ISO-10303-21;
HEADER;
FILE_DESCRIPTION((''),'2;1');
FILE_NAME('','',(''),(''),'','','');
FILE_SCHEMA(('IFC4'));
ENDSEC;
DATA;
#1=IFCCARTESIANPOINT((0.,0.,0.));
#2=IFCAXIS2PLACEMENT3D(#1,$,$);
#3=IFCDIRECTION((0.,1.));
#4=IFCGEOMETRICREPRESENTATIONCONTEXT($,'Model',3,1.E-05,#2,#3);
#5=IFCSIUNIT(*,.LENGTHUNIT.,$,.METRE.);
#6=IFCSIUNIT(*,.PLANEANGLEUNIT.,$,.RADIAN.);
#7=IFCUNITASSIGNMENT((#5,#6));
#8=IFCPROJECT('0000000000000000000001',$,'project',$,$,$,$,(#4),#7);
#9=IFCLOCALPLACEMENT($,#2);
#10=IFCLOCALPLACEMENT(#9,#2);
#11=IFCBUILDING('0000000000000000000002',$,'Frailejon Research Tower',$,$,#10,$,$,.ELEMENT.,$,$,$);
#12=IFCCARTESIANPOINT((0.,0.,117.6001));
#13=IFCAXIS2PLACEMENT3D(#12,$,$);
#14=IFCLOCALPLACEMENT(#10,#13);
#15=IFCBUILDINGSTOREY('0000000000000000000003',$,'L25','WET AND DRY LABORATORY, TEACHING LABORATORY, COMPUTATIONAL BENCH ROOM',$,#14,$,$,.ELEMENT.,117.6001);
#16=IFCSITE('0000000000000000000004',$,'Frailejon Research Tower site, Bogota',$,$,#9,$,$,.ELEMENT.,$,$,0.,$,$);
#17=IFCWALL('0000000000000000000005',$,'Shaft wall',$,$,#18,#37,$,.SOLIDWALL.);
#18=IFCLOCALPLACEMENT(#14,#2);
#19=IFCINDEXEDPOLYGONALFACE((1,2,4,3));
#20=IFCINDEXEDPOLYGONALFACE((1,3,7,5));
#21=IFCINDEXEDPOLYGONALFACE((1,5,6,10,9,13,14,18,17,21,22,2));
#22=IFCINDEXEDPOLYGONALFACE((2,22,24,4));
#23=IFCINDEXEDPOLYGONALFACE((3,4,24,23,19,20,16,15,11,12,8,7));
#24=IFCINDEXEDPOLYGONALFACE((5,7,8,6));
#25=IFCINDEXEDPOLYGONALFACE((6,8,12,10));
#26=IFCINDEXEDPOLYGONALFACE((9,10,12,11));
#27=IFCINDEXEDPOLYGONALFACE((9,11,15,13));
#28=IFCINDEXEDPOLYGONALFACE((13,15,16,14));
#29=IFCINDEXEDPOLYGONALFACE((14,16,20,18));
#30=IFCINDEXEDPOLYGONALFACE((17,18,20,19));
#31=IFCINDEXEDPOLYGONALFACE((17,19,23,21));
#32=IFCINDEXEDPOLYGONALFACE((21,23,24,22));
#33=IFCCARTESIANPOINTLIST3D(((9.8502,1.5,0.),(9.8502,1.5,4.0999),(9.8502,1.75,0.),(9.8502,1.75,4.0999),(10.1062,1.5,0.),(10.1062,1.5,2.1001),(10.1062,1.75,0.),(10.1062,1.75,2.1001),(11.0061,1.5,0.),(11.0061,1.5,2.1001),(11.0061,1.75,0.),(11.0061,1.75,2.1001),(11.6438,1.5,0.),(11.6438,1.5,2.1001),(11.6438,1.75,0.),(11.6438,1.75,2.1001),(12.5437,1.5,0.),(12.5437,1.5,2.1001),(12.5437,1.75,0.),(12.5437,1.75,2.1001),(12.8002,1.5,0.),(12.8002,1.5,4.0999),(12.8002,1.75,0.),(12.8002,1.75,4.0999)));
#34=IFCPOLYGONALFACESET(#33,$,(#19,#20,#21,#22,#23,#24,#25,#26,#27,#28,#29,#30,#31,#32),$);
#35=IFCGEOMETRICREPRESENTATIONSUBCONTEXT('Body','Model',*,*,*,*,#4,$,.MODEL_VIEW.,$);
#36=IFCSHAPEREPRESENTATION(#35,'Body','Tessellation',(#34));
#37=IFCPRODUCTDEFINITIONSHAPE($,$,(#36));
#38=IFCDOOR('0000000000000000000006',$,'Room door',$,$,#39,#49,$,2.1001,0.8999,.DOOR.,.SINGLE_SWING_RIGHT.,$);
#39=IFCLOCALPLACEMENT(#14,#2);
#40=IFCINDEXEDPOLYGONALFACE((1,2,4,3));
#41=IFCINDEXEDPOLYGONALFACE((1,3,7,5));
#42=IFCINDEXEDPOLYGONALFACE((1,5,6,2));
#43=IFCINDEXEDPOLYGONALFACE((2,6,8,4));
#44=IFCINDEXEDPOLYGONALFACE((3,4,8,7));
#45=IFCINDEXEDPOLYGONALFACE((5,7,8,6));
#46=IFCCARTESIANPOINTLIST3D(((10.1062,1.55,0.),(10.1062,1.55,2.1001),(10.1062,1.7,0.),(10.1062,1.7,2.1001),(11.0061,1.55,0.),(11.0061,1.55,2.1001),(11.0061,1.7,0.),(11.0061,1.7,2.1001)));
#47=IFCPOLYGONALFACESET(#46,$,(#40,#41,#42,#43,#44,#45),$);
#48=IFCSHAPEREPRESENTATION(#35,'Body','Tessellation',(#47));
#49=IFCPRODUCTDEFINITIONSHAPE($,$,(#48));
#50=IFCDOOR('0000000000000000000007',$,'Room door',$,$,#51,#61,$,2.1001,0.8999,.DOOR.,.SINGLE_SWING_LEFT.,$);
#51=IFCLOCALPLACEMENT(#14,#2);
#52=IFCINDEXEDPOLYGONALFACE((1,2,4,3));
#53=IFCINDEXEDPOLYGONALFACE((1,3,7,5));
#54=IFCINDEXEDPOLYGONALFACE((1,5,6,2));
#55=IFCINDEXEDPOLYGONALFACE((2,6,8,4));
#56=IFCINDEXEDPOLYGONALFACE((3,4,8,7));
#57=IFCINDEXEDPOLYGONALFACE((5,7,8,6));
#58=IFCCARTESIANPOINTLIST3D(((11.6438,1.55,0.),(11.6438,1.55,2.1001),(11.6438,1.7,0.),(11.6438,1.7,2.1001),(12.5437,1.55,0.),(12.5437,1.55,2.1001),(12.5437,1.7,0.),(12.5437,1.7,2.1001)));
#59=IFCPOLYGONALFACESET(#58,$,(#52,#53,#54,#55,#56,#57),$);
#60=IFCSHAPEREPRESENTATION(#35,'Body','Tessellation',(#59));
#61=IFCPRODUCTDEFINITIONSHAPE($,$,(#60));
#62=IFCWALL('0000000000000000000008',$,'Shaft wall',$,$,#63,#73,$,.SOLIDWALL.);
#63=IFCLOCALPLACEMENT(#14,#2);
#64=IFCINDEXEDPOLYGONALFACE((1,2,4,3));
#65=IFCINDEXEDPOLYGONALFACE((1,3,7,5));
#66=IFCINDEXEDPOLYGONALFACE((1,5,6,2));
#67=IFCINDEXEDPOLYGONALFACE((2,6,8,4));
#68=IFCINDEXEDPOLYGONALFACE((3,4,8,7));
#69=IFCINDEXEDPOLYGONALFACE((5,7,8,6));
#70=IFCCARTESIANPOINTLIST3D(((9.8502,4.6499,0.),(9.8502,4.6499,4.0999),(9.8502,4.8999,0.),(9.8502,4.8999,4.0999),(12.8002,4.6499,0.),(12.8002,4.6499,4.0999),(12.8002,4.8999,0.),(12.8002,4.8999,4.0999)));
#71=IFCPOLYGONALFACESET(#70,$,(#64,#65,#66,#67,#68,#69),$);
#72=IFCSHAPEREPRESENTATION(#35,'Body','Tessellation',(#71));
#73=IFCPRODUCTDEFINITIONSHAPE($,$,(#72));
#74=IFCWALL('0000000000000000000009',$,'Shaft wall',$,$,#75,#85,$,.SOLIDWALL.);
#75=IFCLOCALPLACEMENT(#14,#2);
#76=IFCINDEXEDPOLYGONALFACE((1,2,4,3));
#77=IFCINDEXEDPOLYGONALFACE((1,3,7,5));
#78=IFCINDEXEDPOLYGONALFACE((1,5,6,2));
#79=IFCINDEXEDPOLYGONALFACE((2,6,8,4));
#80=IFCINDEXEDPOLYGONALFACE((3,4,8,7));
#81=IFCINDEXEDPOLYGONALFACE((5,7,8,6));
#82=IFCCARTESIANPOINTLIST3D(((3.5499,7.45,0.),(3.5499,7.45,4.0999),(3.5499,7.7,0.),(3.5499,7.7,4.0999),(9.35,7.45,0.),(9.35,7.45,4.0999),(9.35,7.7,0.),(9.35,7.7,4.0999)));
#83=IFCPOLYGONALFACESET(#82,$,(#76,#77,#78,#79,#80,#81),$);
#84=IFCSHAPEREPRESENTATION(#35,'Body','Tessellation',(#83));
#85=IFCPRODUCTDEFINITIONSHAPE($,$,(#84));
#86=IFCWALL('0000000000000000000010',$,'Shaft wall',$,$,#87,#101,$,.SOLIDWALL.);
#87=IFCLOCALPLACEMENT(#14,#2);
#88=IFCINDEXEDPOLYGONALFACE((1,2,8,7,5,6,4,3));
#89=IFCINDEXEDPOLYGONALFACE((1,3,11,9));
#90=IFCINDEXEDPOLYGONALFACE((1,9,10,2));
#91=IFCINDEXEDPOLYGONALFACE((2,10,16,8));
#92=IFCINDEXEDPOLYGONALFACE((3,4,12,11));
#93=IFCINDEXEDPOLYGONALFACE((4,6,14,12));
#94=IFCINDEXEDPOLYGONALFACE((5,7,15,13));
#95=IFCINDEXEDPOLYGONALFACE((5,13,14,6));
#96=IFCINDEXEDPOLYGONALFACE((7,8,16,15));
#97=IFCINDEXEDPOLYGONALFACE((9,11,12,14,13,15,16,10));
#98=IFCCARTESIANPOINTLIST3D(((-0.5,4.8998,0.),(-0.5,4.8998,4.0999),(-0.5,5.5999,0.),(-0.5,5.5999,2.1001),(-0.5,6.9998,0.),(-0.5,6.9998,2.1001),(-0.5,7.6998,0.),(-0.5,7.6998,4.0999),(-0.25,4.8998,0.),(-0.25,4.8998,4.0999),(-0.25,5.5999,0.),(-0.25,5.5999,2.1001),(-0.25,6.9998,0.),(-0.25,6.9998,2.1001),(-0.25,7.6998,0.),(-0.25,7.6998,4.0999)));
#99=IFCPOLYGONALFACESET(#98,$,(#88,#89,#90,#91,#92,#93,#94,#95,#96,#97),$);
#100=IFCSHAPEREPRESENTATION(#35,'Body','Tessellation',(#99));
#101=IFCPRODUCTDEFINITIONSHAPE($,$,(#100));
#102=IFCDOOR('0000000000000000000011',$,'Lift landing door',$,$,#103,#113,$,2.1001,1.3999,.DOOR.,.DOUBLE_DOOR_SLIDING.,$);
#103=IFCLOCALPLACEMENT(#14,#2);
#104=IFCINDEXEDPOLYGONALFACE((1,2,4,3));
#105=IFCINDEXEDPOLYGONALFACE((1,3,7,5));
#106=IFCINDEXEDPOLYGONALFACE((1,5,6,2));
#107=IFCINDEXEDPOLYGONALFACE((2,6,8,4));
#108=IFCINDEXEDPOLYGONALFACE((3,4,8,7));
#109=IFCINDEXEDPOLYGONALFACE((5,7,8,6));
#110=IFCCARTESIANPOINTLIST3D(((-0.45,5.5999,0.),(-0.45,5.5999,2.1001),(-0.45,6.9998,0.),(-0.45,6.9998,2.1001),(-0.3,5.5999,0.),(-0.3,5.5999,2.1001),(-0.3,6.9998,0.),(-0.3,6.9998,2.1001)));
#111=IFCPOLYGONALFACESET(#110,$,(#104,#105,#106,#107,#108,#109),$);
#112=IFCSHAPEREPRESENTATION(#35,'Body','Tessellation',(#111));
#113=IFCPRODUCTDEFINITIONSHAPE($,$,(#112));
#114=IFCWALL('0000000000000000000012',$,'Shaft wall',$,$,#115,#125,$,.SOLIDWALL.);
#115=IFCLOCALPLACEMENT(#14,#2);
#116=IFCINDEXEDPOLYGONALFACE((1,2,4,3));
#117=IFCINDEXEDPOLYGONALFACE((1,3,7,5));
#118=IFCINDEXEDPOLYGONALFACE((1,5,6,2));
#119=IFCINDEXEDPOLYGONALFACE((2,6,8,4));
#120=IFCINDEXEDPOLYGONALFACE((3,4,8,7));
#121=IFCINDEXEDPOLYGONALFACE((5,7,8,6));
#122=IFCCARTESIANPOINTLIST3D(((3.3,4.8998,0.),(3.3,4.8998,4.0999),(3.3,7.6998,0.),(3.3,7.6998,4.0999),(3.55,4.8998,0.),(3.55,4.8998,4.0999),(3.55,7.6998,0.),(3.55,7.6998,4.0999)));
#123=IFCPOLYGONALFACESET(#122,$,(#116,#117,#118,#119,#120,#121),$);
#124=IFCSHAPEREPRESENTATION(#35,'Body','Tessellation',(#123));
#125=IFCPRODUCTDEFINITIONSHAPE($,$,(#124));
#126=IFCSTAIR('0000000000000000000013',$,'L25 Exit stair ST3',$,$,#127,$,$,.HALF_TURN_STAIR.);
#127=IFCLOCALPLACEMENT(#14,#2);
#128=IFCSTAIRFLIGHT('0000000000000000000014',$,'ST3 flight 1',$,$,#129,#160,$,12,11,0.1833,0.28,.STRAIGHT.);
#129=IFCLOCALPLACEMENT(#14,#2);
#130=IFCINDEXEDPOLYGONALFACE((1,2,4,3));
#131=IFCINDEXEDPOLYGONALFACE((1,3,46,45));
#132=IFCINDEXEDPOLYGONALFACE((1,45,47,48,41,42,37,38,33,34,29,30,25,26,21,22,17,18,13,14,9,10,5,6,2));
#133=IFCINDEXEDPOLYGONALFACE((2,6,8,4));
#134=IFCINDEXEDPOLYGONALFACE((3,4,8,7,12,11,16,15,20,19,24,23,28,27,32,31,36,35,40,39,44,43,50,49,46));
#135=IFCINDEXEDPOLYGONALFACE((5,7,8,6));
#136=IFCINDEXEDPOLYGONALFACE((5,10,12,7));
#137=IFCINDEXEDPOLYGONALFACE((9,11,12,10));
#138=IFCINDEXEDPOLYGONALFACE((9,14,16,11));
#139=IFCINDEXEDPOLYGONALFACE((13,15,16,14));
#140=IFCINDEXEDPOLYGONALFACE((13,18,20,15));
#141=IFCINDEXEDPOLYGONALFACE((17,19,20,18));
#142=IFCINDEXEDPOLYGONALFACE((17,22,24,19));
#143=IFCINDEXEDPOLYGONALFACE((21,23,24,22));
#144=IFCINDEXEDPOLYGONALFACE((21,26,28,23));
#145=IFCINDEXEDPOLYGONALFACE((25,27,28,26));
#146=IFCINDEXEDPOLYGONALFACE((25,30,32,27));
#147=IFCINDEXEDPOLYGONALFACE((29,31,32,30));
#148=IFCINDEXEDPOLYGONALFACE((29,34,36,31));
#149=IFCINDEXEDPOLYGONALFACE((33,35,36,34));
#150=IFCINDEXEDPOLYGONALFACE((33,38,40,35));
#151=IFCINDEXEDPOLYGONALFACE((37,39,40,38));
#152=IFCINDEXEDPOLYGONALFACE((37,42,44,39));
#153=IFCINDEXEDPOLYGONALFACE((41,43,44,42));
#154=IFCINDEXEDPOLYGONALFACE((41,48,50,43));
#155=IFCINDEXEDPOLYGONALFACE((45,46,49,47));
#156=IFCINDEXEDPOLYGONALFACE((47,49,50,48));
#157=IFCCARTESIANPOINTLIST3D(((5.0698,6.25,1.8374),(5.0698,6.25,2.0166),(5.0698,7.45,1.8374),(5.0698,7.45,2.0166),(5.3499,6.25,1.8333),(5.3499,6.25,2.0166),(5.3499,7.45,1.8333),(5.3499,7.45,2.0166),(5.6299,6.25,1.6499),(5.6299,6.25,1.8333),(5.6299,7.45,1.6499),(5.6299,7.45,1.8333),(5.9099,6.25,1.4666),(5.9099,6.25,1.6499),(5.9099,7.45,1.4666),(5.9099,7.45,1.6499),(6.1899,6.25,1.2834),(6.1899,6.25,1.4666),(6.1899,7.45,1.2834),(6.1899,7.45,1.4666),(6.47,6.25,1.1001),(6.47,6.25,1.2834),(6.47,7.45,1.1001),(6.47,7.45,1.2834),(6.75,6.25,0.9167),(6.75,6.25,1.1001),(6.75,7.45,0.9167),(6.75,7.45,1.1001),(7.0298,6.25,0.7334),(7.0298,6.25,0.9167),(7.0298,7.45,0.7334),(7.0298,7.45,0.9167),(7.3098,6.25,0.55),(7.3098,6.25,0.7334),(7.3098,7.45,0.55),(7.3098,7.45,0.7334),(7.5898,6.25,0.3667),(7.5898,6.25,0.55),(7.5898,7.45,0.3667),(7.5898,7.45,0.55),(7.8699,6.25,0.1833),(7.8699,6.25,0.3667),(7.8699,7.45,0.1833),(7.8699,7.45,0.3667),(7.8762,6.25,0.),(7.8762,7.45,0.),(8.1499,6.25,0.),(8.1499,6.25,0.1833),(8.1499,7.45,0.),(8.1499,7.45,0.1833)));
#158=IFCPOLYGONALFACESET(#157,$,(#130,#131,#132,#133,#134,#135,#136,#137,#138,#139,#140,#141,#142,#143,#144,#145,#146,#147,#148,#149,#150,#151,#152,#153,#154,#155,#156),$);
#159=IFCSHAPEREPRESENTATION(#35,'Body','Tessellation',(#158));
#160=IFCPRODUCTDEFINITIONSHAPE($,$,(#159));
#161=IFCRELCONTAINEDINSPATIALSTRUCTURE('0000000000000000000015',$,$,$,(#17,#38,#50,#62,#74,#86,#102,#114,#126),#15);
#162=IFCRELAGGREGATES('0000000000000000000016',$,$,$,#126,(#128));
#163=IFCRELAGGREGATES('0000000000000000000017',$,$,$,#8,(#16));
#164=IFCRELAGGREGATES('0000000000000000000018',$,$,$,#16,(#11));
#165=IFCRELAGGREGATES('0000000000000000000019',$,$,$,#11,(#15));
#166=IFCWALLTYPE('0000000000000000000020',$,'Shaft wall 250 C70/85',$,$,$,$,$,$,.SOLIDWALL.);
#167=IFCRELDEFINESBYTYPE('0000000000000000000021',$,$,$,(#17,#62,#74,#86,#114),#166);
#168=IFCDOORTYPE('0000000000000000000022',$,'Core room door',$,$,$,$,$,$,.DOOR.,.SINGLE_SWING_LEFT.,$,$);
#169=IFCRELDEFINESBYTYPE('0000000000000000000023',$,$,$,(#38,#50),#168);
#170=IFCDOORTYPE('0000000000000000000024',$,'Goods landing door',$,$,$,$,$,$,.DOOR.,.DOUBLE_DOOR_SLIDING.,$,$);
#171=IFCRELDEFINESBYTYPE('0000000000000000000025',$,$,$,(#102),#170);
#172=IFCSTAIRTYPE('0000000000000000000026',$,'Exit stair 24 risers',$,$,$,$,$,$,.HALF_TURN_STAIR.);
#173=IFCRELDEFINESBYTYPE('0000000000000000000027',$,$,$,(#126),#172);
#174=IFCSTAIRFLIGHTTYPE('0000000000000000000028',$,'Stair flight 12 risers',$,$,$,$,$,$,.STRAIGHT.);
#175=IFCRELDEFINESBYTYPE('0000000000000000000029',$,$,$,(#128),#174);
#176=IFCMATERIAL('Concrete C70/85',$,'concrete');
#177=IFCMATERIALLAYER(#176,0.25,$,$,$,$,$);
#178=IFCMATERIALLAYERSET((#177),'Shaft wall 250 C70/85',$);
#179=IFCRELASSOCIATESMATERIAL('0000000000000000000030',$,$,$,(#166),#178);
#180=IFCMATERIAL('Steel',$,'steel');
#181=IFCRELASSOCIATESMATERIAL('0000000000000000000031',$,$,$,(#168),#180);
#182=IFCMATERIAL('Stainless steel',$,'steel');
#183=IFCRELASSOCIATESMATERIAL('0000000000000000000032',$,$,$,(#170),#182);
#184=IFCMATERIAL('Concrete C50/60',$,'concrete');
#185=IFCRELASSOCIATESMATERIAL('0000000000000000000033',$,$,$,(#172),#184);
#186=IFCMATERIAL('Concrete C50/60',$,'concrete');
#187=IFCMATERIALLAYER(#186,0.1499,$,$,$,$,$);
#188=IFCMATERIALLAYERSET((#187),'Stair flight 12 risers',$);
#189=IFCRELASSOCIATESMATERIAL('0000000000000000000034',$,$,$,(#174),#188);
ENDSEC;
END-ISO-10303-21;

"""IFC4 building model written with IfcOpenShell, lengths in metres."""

from ifc_helpers import new_model, si_unit, direction, frame, frame_2d, origin, place, context, subcontext, project, spatial, polyline, rectangle, outline, extrude, material, layer, layer_set, type_object, element, fill, aggregate, save


model = new_model("IFC4")

# Units and contexts
model_context = context("Model", 3, precision=1e-05, world=origin(), true_north=direction((0.0, 1.0)))
body_context = subcontext(model_context, "Body", "Model", "MODEL_VIEW")
ifc_project = project(units=[si_unit("LENGTHUNIT", "METRE"), si_unit("PLANEANGLEUNIT", "RADIAN")], contexts=[model_context])

# Site, building, storey
site_placement = place(None, origin())
site = spatial("IfcSite", under=ifc_project, at=site_placement, Name="Frailejon Research Tower site, Bogota", CompositionType="ELEMENT", RefElevation=0.0)
building_placement = place(site_placement, origin())
building = spatial("IfcBuilding", under=site, at=building_placement, Name="Frailejon Research Tower", CompositionType="ELEMENT")
storey_placement = place(building_placement, frame((0.0, 0.0, 117.6001)))
storey = spatial("IfcBuildingStorey", under=building, at=storey_placement, Name="L25", Description="WET AND DRY LABORATORY, TEACHING LABORATORY, COMPUTATIONAL BENCH ROOM", CompositionType="ELEMENT", Elevation=117.6001)

# Wall, openings, doors
ifc_material_1 = material(Name="Concrete C70/85", Category="concrete")
ifc_layer_1 = layer(ifc_material_1, 0.25)
ifc_layer_set_1 = layer_set([ifc_layer_1], Name="Shaft wall 250 C70/85")
wall_type_1 = type_object("IfcWallType", Name="Shaft wall 250 C70/85", PredefinedType="SOLIDWALL", material=ifc_layer_set_1)
wall_1_placement = place(storey_placement, frame((9.8501, 1.625, 0.0), z_axis=(0.0, 0.0, 1.0), x_axis=(1.0, 0.0, 0.0)))
wall_1 = element("IfcWall", 1, at=wall_1_placement, inside=storey, type_object=wall_type_1, Name="Shaft wall", PredefinedType="SOLIDWALL", context=body_context, shape_type="SweptSolid", body=[
    extrude(rectangle(XDim=2.95, YDim=0.25, at=frame_2d((1.4751, 0.0))), origin(), (0.0, 0.0, 1.0), 4.0999),
])
opening_1_placement = place(wall_1_placement, frame((0.2561, 0.0, 0.0)))
opening_1 = element("IfcOpeningElement", 2, at=opening_1_placement, cuts=wall_1, PredefinedType="OPENING", context=body_context, shape_type="SweptSolid", body=[
    extrude(rectangle(XDim=0.8999, YDim=2.1001, at=frame_2d((0.45, 1.05))), frame((0.0, 0.135, 0.0), z_axis=(0.0, -1.0, 0.0), x_axis=(1.0, 0.0, 0.0)), (0.0, 0.0, 1.0), 0.27),
])
opening_2_placement = place(wall_1_placement, frame((1.7937, 0.0, 0.0)))
opening_2 = element("IfcOpeningElement", 3, at=opening_2_placement, cuts=wall_1, PredefinedType="OPENING", context=body_context, shape_type="SweptSolid", body=[
    extrude(rectangle(XDim=0.8999, YDim=2.1001, at=frame_2d((0.45, 1.05))), frame((0.0, 0.135, 0.0), z_axis=(0.0, -1.0, 0.0), x_axis=(1.0, 0.0, 0.0)), (0.0, 0.0, 1.0), 0.27),
])
ifc_material_2 = material(Name="Steel", Category="steel")
door_type_1 = type_object("IfcDoorType", Name="Core room door", OperationType="SINGLE_SWING_LEFT", PredefinedType="DOOR", material=ifc_material_2)
door_1_placement = place(opening_1_placement, origin())
door_1 = element("IfcDoor", 4, at=door_1_placement, inside=storey, type_object=door_type_1, Name="Room door", OperationType="SINGLE_SWING_RIGHT", OverallHeight=2.1001, OverallWidth=0.8999, PredefinedType="DOOR", context=body_context, shape_type="SweptSolid", body=[
    extrude(rectangle(XDim=0.8999, YDim=2.1001, at=frame_2d((0.45, 1.05))), frame((0.0, 0.075, 0.0), z_axis=(0.0, -1.0, 0.0), x_axis=(1.0, 0.0, 0.0)), (0.0, 0.0, 1.0), 0.1499),
])
fill(opening_1, door_1)
door_2_placement = place(opening_2_placement, origin())
door_2 = element("IfcDoor", 5, at=door_2_placement, inside=storey, type_object=door_type_1, Name="Room door", OperationType="SINGLE_SWING_LEFT", OverallHeight=2.1001, OverallWidth=0.8999, PredefinedType="DOOR", context=body_context, shape_type="SweptSolid", body=[
    extrude(rectangle(XDim=0.8999, YDim=2.1001, at=frame_2d((0.45, 1.05))), frame((0.0, 0.075, 0.0), z_axis=(0.0, -1.0, 0.0), x_axis=(1.0, 0.0, 0.0)), (0.0, 0.0, 1.0), 0.1499),
])
fill(opening_2, door_2)

# Walls
wall_2_placement = place(storey_placement, frame((9.8501, 4.7749, 0.0), z_axis=(0.0, 0.0, 1.0), x_axis=(1.0, 0.0, 0.0)))
element("IfcWall", 6, at=wall_2_placement, inside=storey, type_object=wall_type_1, Name="Shaft wall", PredefinedType="SOLIDWALL", context=body_context, shape_type="SweptSolid", body=[
    extrude(rectangle(XDim=2.95, YDim=0.25, at=frame_2d((1.4751, 0.0))), origin(), (0.0, 0.0, 1.0), 4.0999),
])
wall_3_placement = place(storey_placement, frame((3.55, 7.575, 0.0), z_axis=(0.0, 0.0, 1.0), x_axis=(1.0, 0.0, 0.0)))
element("IfcWall", 7, at=wall_3_placement, inside=storey, type_object=wall_type_1, Name="Shaft wall", PredefinedType="SOLIDWALL", context=body_context, shape_type="SweptSolid", body=[
    extrude(rectangle(XDim=5.8, YDim=0.25, at=frame_2d((2.8999, 0.0))), origin(), (0.0, 0.0, 1.0), 4.0999),
])

# Wall, opening, door
wall_4_placement = place(storey_placement, frame((-0.375, 4.8999, 0.0), z_axis=(0.0, 0.0, 1.0), x_axis=(0.0, 1.0, 0.0)))
wall_4 = element("IfcWall", 8, at=wall_4_placement, inside=storey, type_object=wall_type_1, Name="Shaft wall", PredefinedType="SOLIDWALL", context=body_context, shape_type="SweptSolid", body=[
    extrude(rectangle(XDim=2.8, YDim=0.25, at=frame_2d((1.3999, 0.0))), origin(), (0.0, 0.0, 1.0), 4.0999),
])
opening_3_placement = place(wall_4_placement, frame((0.7, 0.0, 0.0)))
opening_3 = element("IfcOpeningElement", 9, at=opening_3_placement, cuts=wall_4, PredefinedType="OPENING", context=body_context, shape_type="SweptSolid", body=[
    extrude(rectangle(XDim=1.3999, YDim=2.1001, at=frame_2d((0.7, 1.05))), frame((0.0, 0.135, 0.0), z_axis=(0.0, -1.0, 0.0), x_axis=(1.0, 0.0, 0.0)), (0.0, 0.0, 1.0), 0.27),
])
ifc_material_3 = material(Name="Stainless steel", Category="steel")
door_type_2 = type_object("IfcDoorType", Name="Goods landing door", OperationType="DOUBLE_DOOR_SLIDING", PredefinedType="DOOR", material=ifc_material_3)
door_3_placement = place(opening_3_placement, origin())
door_3 = element("IfcDoor", 10, at=door_3_placement, inside=storey, type_object=door_type_2, Name="Lift landing door", OperationType="DOUBLE_DOOR_SLIDING", OverallHeight=2.1001, OverallWidth=1.3999, PredefinedType="DOOR", context=body_context, shape_type="SweptSolid", body=[
    extrude(rectangle(XDim=1.3999, YDim=2.1001, at=frame_2d((0.7, 1.05))), frame((0.0, 0.075, 0.0), z_axis=(0.0, -1.0, 0.0), x_axis=(1.0, 0.0, 0.0)), (0.0, 0.0, 1.0), 0.1499),
])
fill(opening_3, door_3)

# Wall
wall_5_placement = place(storey_placement, frame((3.425, 4.8999, 0.0), z_axis=(0.0, 0.0, 1.0), x_axis=(0.0, 1.0, 0.0)))
element("IfcWall", 11, at=wall_5_placement, inside=storey, type_object=wall_type_1, Name="Shaft wall", PredefinedType="SOLIDWALL", context=body_context, shape_type="SweptSolid", body=[
    extrude(rectangle(XDim=2.8, YDim=0.25, at=frame_2d((1.3999, 0.0))), origin(), (0.0, 0.0, 1.0), 4.0999),
])

# Stair, stair flight
ifc_material_4 = material(Name="Concrete C50/60", Category="concrete")
stair_type = type_object("IfcStairType", Name="Exit stair 24 risers", PredefinedType="HALF_TURN_STAIR", material=ifc_material_4)
stair_placement = place(storey_placement, origin())
stair = element("IfcStair", 12, at=stair_placement, inside=storey, type_object=stair_type, Name="L25 Exit stair ST3", PredefinedType="HALF_TURN_STAIR")
ifc_material_5 = material(Name="Concrete C50/60", Category="concrete")
ifc_layer_2 = layer(ifc_material_5, 0.1499)
ifc_layer_set_2 = layer_set([ifc_layer_2], Name="Stair flight 12 risers")
stair_flight_type = type_object("IfcStairFlightType", Name="Stair flight 12 risers", PredefinedType="STRAIGHT", material=ifc_layer_set_2)
stair_flight_1_placement = place(storey_placement, frame((8.1499, 6.8501, 0.0), z_axis=(0.0, 0.0, 1.0), x_axis=(-1.0, 0.0, 0.0)))
stair_flight_1 = element("IfcStairFlight", 13, at=stair_flight_1_placement, type_object=stair_flight_type, Name="ST3 flight 1", NumberOfRisers=12, NumberOfTreads=11, PredefinedType="STRAIGHT", RiserHeight=0.1833, TreadLength=0.28, context=body_context, shape_type="SweptSolid", body=[
    extrude(outline(polyline([(0.0, 0.0), (0.0, 0.1833), (0.28, 0.1833), (0.28, 0.3667), (0.5601, 0.3667), (0.5601, 0.55), (0.8401, 0.55), (0.8401, 0.7334), (1.1201, 0.7334), (1.1201, 0.9167), (1.3999, 0.9167), (1.3999, 1.1001), (1.6799, 1.1001), (1.6799, 1.2834), (1.96, 1.2834), (1.96, 1.4666), (2.24, 1.4666), (2.24, 1.6499), (2.52, 1.6499), (2.52, 1.8333), (2.8, 1.8333), (2.8, 2.0166), (3.0801, 2.0166), (3.0801, 2.2), (3.0801, 1.8374), (0.2737, 0.0), (0.0, 0.0)])), frame((0.0, 0.6001, 0.0), z_axis=(0.0, -1.0, 0.0), x_axis=(1.0, 0.0, 0.0)), (0.0, 0.0, 1.0), 1.2),
])
aggregate(stair, [stair_flight_1])

save(model, "model.ifc")
